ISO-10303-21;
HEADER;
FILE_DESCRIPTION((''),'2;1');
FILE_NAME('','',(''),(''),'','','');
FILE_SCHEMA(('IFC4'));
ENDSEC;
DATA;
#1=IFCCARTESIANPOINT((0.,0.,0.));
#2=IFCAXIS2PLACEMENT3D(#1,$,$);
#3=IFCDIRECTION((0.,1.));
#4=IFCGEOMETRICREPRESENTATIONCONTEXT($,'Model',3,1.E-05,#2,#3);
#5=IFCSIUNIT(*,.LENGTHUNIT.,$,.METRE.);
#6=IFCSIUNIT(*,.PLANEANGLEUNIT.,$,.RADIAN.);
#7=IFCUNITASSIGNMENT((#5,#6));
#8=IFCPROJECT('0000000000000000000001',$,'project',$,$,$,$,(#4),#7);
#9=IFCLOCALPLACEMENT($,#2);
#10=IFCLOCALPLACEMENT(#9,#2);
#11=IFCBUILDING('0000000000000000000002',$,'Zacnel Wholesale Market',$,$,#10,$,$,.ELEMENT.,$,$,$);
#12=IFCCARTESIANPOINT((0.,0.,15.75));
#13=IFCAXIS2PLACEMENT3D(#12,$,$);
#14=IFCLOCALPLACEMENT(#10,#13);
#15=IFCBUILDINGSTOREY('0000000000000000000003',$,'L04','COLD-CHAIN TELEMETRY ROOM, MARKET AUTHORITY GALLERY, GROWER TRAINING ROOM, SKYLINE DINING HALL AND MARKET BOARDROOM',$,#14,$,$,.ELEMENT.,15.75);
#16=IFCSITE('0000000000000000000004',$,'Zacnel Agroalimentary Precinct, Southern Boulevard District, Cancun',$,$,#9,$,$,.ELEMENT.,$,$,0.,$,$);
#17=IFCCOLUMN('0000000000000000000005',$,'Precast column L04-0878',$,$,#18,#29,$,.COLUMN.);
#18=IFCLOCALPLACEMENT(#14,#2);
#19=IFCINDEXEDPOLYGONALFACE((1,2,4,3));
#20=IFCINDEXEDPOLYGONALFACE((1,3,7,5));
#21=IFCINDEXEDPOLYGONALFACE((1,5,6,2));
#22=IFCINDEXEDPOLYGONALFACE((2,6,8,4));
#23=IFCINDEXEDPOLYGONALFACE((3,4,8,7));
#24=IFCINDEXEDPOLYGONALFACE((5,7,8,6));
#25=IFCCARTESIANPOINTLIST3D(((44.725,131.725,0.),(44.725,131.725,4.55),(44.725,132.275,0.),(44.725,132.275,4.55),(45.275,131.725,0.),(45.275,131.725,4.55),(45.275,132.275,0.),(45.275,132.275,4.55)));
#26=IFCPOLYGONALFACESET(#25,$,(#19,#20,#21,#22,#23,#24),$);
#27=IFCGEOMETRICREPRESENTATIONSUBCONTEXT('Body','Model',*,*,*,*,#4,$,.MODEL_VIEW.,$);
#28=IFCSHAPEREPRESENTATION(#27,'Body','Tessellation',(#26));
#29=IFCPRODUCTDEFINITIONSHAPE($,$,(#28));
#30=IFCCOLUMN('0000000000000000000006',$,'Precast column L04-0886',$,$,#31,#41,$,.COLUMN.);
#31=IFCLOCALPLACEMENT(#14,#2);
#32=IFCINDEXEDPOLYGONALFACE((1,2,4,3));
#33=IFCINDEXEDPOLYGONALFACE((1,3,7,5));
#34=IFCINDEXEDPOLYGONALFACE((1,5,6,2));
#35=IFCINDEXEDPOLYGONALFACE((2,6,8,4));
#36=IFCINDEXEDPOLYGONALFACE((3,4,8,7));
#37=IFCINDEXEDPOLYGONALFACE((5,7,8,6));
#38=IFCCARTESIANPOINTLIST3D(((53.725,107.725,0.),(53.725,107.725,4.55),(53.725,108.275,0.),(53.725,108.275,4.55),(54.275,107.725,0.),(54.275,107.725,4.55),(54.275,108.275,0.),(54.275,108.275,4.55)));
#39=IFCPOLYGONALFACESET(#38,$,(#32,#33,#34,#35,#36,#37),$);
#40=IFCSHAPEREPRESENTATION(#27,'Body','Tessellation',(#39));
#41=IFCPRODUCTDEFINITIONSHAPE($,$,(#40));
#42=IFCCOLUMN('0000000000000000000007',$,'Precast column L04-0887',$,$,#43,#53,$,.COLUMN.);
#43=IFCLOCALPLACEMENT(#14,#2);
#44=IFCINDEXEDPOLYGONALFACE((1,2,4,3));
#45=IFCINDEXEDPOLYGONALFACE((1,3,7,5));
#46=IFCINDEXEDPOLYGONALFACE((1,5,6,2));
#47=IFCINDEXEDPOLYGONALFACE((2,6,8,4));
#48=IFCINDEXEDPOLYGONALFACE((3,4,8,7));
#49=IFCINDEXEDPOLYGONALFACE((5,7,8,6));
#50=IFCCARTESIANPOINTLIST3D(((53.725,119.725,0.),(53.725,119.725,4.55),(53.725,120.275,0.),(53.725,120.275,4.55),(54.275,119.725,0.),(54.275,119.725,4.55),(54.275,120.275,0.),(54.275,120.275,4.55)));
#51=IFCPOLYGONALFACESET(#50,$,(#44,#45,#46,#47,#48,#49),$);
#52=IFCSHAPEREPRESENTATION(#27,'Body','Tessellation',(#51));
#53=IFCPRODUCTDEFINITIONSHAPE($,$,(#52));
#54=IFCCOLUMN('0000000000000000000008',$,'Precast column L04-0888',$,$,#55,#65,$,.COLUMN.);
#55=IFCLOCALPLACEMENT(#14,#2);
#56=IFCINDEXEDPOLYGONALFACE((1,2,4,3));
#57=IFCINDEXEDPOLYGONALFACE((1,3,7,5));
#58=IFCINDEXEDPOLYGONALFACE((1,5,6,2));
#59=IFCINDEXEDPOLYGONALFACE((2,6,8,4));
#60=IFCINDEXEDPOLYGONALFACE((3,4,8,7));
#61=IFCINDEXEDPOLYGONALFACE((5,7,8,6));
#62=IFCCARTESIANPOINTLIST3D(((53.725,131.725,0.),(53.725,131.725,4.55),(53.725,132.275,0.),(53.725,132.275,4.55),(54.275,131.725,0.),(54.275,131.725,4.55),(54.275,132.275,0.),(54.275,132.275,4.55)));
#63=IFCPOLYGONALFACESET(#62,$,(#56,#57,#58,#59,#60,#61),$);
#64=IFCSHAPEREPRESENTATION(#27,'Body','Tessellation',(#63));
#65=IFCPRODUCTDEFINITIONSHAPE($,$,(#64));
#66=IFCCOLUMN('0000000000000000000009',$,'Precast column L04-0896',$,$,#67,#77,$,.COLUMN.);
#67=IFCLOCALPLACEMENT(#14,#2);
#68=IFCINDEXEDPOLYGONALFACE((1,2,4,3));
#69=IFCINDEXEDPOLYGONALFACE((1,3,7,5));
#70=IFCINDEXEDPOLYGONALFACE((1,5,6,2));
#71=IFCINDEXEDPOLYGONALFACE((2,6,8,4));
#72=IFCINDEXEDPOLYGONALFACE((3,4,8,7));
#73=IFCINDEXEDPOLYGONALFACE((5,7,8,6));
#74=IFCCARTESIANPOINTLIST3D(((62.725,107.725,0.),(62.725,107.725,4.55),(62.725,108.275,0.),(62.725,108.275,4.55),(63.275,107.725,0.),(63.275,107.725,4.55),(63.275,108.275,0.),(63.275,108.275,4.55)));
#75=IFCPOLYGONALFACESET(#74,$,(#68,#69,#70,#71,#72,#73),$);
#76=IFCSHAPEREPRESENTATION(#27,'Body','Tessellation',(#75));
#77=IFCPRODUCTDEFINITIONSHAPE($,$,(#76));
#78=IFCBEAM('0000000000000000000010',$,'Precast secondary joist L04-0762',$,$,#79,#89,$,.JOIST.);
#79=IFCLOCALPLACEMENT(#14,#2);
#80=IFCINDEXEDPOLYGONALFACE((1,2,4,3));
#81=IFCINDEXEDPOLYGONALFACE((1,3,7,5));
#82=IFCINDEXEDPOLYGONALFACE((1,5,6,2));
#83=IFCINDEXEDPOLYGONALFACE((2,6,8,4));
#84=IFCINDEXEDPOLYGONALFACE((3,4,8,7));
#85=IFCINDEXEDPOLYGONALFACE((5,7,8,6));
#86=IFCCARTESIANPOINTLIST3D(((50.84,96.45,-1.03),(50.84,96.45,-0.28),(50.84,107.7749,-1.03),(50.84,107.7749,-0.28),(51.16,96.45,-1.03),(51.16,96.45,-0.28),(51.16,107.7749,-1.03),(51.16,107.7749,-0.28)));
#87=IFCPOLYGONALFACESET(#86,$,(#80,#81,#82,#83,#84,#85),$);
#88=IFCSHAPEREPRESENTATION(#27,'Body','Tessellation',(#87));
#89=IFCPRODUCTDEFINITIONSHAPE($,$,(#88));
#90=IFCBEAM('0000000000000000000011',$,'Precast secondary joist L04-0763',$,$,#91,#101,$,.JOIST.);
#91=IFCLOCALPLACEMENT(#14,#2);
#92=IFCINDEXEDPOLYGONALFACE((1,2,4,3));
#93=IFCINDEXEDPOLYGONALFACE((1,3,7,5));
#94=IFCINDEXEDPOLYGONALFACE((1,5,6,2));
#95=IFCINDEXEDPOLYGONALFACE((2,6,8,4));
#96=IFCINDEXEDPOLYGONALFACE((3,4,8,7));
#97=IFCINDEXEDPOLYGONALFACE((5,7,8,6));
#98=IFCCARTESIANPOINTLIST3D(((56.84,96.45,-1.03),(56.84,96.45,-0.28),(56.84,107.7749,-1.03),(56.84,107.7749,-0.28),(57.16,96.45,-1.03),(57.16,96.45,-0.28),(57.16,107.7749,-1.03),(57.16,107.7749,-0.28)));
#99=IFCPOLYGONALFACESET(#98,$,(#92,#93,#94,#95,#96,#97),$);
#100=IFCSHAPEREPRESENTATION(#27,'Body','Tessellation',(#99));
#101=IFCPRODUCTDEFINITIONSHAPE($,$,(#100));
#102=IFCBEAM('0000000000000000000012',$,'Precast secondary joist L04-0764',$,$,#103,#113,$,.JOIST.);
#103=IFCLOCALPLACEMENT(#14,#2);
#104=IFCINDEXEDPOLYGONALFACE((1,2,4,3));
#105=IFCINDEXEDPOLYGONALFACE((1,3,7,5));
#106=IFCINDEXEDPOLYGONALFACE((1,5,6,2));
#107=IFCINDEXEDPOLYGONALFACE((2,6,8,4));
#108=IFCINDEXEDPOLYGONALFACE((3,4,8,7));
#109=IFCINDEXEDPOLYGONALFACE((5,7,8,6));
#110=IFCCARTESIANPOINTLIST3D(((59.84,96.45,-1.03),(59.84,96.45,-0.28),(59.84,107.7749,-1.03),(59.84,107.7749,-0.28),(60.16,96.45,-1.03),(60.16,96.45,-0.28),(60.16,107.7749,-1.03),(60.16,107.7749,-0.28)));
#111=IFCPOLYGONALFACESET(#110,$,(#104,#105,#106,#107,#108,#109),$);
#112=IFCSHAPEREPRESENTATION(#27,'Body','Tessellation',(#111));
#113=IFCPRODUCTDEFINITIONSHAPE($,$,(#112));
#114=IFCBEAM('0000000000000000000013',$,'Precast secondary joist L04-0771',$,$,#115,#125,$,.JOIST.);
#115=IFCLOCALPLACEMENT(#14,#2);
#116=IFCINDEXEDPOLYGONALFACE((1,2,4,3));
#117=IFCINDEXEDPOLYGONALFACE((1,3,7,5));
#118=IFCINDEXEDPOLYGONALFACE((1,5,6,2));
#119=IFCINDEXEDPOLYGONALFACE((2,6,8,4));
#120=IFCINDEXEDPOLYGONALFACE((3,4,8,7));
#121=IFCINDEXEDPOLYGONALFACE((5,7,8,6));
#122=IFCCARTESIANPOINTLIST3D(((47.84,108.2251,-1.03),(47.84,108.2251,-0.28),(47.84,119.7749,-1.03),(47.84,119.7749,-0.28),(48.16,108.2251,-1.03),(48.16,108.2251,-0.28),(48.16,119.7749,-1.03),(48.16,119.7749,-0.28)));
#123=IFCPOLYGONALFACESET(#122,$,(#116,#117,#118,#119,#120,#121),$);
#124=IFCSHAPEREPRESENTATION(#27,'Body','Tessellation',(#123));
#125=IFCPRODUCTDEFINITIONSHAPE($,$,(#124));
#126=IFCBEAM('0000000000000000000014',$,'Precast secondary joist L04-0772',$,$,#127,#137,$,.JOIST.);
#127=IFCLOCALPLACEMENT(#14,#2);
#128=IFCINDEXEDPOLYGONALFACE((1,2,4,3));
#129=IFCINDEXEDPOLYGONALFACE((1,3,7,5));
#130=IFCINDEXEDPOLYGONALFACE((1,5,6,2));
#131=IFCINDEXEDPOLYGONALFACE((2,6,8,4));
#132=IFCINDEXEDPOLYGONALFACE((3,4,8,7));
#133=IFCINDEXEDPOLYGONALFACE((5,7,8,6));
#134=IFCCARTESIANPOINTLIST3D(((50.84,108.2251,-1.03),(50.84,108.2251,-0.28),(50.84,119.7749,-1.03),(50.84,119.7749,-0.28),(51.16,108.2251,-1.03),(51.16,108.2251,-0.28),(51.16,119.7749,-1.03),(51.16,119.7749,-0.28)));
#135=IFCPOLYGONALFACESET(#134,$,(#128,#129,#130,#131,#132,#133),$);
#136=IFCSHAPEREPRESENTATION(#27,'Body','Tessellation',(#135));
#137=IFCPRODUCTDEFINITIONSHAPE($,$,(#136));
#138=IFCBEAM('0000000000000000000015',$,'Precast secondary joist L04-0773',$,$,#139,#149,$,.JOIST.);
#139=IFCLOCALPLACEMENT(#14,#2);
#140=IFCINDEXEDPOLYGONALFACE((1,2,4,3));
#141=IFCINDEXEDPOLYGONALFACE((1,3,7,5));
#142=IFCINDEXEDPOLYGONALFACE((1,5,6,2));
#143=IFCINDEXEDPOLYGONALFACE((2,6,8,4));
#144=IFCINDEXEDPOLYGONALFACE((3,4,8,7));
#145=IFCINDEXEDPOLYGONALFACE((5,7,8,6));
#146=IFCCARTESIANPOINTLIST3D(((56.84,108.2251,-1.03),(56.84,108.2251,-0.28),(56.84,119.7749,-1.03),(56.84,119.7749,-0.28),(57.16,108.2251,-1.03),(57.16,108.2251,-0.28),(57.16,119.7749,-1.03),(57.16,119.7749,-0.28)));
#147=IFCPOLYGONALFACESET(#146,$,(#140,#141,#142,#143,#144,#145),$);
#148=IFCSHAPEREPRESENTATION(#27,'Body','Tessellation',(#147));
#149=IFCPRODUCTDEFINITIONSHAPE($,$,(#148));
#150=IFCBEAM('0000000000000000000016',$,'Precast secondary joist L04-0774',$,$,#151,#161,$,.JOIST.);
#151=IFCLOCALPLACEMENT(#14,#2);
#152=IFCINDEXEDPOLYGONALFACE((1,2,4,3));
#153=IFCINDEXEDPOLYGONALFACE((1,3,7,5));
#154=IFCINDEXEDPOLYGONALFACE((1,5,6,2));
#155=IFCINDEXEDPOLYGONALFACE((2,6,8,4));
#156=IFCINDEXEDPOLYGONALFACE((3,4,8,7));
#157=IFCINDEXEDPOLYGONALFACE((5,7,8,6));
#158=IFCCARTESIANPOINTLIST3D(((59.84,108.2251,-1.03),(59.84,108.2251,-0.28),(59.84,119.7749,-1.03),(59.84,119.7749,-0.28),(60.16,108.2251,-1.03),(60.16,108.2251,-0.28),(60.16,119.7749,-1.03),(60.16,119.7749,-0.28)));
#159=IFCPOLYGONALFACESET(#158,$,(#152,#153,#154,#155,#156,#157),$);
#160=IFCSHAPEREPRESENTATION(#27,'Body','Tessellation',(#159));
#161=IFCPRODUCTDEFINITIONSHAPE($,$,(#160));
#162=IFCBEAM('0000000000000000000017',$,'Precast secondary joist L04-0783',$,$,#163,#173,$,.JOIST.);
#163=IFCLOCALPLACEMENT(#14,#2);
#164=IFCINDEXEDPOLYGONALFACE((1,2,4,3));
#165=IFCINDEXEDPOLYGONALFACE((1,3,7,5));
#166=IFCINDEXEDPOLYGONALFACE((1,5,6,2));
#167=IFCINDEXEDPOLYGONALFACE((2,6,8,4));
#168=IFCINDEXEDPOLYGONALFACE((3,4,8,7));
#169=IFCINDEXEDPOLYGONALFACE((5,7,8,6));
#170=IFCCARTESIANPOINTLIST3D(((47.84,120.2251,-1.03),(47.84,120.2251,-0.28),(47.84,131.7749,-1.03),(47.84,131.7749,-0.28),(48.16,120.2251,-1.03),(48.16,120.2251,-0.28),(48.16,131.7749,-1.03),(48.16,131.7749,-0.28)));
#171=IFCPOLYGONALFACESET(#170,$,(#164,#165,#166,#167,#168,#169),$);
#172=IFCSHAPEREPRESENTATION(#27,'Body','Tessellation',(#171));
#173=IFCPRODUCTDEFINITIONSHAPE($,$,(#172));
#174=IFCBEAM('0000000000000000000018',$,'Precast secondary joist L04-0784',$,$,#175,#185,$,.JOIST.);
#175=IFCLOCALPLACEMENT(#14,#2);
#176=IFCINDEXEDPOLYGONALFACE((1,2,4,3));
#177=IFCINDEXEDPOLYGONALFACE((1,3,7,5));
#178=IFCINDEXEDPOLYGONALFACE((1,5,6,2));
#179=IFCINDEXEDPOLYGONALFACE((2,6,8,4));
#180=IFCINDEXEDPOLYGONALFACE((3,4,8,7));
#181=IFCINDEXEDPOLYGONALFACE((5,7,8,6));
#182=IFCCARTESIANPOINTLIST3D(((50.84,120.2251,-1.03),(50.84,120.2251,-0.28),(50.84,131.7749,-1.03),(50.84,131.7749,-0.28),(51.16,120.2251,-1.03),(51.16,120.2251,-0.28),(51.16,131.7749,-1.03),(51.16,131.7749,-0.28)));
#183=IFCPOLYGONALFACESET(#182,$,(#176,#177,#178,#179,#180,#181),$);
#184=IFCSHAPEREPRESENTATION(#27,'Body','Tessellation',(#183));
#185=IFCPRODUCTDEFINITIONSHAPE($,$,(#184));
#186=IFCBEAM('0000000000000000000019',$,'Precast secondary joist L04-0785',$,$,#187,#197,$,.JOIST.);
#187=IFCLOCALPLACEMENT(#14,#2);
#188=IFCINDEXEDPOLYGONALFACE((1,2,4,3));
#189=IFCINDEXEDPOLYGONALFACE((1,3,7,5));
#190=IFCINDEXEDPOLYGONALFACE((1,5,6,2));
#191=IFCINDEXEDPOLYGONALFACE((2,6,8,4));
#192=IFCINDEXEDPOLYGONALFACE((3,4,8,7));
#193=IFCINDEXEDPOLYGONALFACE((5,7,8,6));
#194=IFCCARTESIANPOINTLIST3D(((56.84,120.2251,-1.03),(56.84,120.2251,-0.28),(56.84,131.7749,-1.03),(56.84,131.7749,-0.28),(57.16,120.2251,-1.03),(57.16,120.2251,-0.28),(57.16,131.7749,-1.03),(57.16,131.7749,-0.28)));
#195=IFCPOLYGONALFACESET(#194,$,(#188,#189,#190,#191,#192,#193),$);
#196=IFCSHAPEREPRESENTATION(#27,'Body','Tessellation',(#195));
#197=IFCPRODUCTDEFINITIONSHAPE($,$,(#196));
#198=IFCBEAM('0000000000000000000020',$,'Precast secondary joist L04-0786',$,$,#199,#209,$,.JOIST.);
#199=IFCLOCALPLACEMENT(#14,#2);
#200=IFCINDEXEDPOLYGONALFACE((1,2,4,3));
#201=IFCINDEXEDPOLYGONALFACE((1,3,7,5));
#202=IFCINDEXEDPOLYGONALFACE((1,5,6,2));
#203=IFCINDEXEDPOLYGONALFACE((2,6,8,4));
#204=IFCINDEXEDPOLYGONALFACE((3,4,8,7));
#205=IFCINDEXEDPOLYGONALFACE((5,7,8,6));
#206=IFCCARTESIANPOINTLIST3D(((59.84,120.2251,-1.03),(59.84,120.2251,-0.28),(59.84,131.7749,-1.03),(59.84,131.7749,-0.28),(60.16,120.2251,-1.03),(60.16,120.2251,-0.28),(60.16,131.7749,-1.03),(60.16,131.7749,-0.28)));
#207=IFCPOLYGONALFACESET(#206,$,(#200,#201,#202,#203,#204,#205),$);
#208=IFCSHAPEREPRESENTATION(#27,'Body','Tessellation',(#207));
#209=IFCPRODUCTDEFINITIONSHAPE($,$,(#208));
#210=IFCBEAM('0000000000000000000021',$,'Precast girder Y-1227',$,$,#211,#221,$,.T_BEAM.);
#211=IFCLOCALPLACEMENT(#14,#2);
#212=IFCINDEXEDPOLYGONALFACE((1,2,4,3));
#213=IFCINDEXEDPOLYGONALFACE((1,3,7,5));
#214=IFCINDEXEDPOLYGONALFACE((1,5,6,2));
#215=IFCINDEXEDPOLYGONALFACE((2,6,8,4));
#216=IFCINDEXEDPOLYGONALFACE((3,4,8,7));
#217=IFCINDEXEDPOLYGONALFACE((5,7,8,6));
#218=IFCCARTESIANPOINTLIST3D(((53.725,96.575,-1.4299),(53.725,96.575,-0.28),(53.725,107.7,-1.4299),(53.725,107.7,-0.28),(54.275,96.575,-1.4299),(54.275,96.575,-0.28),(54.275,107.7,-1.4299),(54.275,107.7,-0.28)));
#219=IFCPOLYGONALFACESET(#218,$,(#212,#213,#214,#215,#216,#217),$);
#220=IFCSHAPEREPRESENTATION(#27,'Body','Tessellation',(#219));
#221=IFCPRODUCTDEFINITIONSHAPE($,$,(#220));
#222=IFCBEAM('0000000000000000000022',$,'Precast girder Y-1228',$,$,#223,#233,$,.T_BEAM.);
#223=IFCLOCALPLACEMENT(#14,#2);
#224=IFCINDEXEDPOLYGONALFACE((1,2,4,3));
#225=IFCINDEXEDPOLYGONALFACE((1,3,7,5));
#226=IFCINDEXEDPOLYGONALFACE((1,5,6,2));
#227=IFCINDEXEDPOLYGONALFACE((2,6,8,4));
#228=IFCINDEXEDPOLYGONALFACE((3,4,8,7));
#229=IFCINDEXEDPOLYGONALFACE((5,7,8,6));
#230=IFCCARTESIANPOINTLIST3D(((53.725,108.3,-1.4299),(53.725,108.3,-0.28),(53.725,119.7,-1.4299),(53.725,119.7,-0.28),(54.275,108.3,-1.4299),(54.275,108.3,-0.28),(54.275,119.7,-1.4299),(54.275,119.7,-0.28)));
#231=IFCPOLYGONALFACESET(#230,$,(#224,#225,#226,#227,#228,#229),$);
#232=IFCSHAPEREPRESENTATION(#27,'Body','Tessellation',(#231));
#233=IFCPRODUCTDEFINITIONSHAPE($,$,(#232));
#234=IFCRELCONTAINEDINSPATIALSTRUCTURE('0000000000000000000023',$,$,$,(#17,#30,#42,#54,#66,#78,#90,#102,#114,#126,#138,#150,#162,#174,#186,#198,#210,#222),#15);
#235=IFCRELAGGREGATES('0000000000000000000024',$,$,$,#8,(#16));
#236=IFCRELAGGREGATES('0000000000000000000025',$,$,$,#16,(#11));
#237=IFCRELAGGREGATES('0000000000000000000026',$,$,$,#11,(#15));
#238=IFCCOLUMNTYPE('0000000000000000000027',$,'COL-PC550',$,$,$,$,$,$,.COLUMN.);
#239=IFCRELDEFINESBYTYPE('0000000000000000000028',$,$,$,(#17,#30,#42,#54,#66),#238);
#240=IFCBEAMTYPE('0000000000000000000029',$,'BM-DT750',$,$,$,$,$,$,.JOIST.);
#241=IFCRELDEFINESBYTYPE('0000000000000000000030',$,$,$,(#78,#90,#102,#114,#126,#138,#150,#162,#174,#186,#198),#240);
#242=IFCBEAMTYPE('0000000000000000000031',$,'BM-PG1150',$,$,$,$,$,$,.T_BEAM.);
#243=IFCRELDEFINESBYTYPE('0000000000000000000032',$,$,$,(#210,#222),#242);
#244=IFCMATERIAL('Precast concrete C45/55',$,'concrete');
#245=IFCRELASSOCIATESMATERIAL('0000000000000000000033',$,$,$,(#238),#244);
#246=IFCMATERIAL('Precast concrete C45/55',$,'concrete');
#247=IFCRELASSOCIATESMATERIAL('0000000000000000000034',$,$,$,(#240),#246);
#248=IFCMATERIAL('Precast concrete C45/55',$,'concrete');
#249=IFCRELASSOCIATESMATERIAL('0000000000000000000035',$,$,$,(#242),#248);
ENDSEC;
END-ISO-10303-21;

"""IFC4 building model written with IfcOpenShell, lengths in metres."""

from ifc_helpers import new_model, si_unit, direction, frame, origin, origin_2d, place, context, subcontext, project, spatial, rectangle, extrude, material, material_profile, profile_set, type_object, element, save


model = new_model("IFC4")

# Units and contexts
model_context = context("Model", 3, precision=1e-05, world=origin(), true_north=direction((0.0, 1.0)))
body_context = subcontext(model_context, "Body", "Model", "MODEL_VIEW")
ifc_project = project(units=[si_unit("LENGTHUNIT", "METRE"), si_unit("PLANEANGLEUNIT", "RADIAN")], contexts=[model_context])

# Site, building, storey
site_placement = place(None, origin())
site = spatial("IfcSite", under=ifc_project, at=site_placement, Name="Zacnel Agroalimentary Precinct, Southern Boulevard District, Cancun", CompositionType="ELEMENT", RefElevation=0.0)
building_placement = place(site_placement, origin())
building = spatial("IfcBuilding", under=site, at=building_placement, Name="Zacnel Wholesale Market", CompositionType="ELEMENT")
storey_placement = place(building_placement, frame((0.0, 0.0, 15.75)))
storey = spatial("IfcBuildingStorey", under=building, at=storey_placement, Name="L04", Description="COLD-CHAIN TELEMETRY ROOM, MARKET AUTHORITY GALLERY, GROWER TRAINING ROOM, SKYLINE DINING HALL AND MARKET BOARDROOM", CompositionType="ELEMENT", Elevation=15.75)

# Columns
ifc_material_1 = material(Name="Precast concrete C45/55", Category="concrete")
ifc_material_profile_1 = material_profile(ifc_material_1, rectangle(XDim=0.55, YDim=0.55, at=origin_2d()), Name="PC 550x550")
ifc_profile_set_1 = profile_set([ifc_material_profile_1], Name="Precast concrete C45/55")
column_type = type_object("IfcColumnType", Name="COL-PC550", PredefinedType="COLUMN", material=ifc_profile_set_1)
for number, where, z_axis, x_axis, name in (
    (1, (45.0, 132.0, 0.0), (0.0, 0.0, 1.0), (1.0, 0.0, 0.0), "Precast column L04-0878"),
    (2, (54.0, 108.0, 0.0), (0.0, 0.0, 1.0), (1.0, 0.0, 0.0), "Precast column L04-0886"),
    (3, (54.0, 120.0, 0.0), (0.0, 0.0, 1.0), (1.0, 0.0, 0.0), "Precast column L04-0887"),
    (4, (54.0, 132.0, 0.0), (0.0, 0.0, 1.0), (1.0, 0.0, 0.0), "Precast column L04-0888"),
    (5, (63.0, 108.0, 0.0), (0.0, 0.0, 1.0), (1.0, 0.0, 0.0), "Precast column L04-0896"),
):
    element("IfcColumn", number, at=place(storey_placement, frame(where, z_axis=z_axis, x_axis=x_axis)), inside=storey, type_object=column_type, Name=name, PredefinedType="COLUMN", context=body_context, shape_type="SweptSolid", body=[
        extrude(rectangle(XDim=0.55, YDim=0.55, at=origin_2d()), origin(), (0.0, 0.0, 1.0), 4.55),
    ])

# Beams
ifc_material_2 = material(Name="Precast concrete C45/55", Category="concrete")
ifc_material_profile_2 = material_profile(ifc_material_2, rectangle(XDim=0.3201, YDim=0.75, at=origin_2d()), Name="DT RIB 320x750")
ifc_profile_set_2 = profile_set([ifc_material_profile_2], Name="Precast concrete C45/55")
beam_type_1 = type_object("IfcBeamType", Name="BM-DT750", PredefinedType="JOIST", material=ifc_profile_set_2)
for number, where, z_axis, x_axis, name in (
    (6, (51.0, 96.45, -0.655), (0.0, 1.0, 0.0), (-1.0, 0.0, 0.0), "Precast secondary joist L04-0762"),
    (7, (57.0, 96.45, -0.655), (0.0, 1.0, 0.0), (-1.0, 0.0, 0.0), "Precast secondary joist L04-0763"),
    (8, (60.0, 96.45, -0.655), (0.0, 1.0, 0.0), (-1.0, 0.0, 0.0), "Precast secondary joist L04-0764"),
):
    element("IfcBeam", number, at=place(storey_placement, frame(where, z_axis=z_axis, x_axis=x_axis)), inside=storey, type_object=beam_type_1, Name=name, PredefinedType="JOIST", context=body_context, shape_type="SweptSolid", body=[
        extrude(rectangle(XDim=0.3201, YDim=0.75, at=origin_2d()), origin(), (0.0, 0.0, 1.0), 11.325),
    ])
for number, where, z_axis, x_axis, name in (
    (9, (48.0, 108.2251, -0.655), (0.0, 1.0, 0.0), (-1.0, 0.0, 0.0), "Precast secondary joist L04-0771"),
    (10, (51.0, 108.2251, -0.655), (0.0, 1.0, 0.0), (-1.0, 0.0, 0.0), "Precast secondary joist L04-0772"),
    (11, (57.0, 108.2251, -0.655), (0.0, 1.0, 0.0), (-1.0, 0.0, 0.0), "Precast secondary joist L04-0773"),
    (12, (60.0, 108.2251, -0.655), (0.0, 1.0, 0.0), (-1.0, 0.0, 0.0), "Precast secondary joist L04-0774"),
    (13, (48.0, 120.2251, -0.655), (0.0, 1.0, 0.0), (-1.0, 0.0, 0.0), "Precast secondary joist L04-0783"),
    (14, (51.0, 120.2251, -0.655), (0.0, 1.0, 0.0), (-1.0, 0.0, 0.0), "Precast secondary joist L04-0784"),
    (15, (57.0, 120.2251, -0.655), (0.0, 1.0, 0.0), (-1.0, 0.0, 0.0), "Precast secondary joist L04-0785"),
    (16, (60.0, 120.2251, -0.655), (0.0, 1.0, 0.0), (-1.0, 0.0, 0.0), "Precast secondary joist L04-0786"),
):
    element("IfcBeam", number, at=place(storey_placement, frame(where, z_axis=z_axis, x_axis=x_axis)), inside=storey, type_object=beam_type_1, Name=name, PredefinedType="JOIST", context=body_context, shape_type="SweptSolid", body=[
        extrude(rectangle(XDim=0.3201, YDim=0.75, at=origin_2d()), origin(), (0.0, 0.0, 1.0), 11.5498),
    ])
ifc_material_3 = material(Name="Precast concrete C45/55", Category="concrete")
ifc_material_profile_3 = material_profile(ifc_material_3, rectangle(XDim=0.55, YDim=1.1499, at=origin_2d()), Name="PG 550x1150")
ifc_profile_set_3 = profile_set([ifc_material_profile_3], Name="Precast concrete C45/55")
beam_type_2 = type_object("IfcBeamType", Name="BM-PG1150", PredefinedType="T_BEAM", material=ifc_profile_set_3)
beam_1_placement = place(storey_placement, frame((54.0, 96.575, -0.855), z_axis=(0.0, 1.0, 0.0), x_axis=(-1.0, 0.0, 0.0)))
element("IfcBeam", 17, at=beam_1_placement, inside=storey, type_object=beam_type_2, Name="Precast girder Y-1227", PredefinedType="T_BEAM", context=body_context, shape_type="SweptSolid", body=[
    extrude(rectangle(XDim=0.55, YDim=1.1499, at=origin_2d()), origin(), (0.0, 0.0, 1.0), 11.125),
])
for number, where, z_axis, x_axis, name in (
    (18, (54.0, 108.3, -0.855), (0.0, 1.0, 0.0), (-1.0, 0.0, 0.0), "Precast girder Y-1228"),
):
    element("IfcBeam", number, at=place(storey_placement, frame(where, z_axis=z_axis, x_axis=x_axis)), inside=storey, type_object=beam_type_2, Name=name, PredefinedType="T_BEAM", context=body_context, shape_type="SweptSolid", body=[
        extrude(rectangle(XDim=0.55, YDim=1.1499, at=origin_2d()), origin(), (0.0, 0.0, 1.0), 11.3999),
    ])

save(model, "model.ifc")
